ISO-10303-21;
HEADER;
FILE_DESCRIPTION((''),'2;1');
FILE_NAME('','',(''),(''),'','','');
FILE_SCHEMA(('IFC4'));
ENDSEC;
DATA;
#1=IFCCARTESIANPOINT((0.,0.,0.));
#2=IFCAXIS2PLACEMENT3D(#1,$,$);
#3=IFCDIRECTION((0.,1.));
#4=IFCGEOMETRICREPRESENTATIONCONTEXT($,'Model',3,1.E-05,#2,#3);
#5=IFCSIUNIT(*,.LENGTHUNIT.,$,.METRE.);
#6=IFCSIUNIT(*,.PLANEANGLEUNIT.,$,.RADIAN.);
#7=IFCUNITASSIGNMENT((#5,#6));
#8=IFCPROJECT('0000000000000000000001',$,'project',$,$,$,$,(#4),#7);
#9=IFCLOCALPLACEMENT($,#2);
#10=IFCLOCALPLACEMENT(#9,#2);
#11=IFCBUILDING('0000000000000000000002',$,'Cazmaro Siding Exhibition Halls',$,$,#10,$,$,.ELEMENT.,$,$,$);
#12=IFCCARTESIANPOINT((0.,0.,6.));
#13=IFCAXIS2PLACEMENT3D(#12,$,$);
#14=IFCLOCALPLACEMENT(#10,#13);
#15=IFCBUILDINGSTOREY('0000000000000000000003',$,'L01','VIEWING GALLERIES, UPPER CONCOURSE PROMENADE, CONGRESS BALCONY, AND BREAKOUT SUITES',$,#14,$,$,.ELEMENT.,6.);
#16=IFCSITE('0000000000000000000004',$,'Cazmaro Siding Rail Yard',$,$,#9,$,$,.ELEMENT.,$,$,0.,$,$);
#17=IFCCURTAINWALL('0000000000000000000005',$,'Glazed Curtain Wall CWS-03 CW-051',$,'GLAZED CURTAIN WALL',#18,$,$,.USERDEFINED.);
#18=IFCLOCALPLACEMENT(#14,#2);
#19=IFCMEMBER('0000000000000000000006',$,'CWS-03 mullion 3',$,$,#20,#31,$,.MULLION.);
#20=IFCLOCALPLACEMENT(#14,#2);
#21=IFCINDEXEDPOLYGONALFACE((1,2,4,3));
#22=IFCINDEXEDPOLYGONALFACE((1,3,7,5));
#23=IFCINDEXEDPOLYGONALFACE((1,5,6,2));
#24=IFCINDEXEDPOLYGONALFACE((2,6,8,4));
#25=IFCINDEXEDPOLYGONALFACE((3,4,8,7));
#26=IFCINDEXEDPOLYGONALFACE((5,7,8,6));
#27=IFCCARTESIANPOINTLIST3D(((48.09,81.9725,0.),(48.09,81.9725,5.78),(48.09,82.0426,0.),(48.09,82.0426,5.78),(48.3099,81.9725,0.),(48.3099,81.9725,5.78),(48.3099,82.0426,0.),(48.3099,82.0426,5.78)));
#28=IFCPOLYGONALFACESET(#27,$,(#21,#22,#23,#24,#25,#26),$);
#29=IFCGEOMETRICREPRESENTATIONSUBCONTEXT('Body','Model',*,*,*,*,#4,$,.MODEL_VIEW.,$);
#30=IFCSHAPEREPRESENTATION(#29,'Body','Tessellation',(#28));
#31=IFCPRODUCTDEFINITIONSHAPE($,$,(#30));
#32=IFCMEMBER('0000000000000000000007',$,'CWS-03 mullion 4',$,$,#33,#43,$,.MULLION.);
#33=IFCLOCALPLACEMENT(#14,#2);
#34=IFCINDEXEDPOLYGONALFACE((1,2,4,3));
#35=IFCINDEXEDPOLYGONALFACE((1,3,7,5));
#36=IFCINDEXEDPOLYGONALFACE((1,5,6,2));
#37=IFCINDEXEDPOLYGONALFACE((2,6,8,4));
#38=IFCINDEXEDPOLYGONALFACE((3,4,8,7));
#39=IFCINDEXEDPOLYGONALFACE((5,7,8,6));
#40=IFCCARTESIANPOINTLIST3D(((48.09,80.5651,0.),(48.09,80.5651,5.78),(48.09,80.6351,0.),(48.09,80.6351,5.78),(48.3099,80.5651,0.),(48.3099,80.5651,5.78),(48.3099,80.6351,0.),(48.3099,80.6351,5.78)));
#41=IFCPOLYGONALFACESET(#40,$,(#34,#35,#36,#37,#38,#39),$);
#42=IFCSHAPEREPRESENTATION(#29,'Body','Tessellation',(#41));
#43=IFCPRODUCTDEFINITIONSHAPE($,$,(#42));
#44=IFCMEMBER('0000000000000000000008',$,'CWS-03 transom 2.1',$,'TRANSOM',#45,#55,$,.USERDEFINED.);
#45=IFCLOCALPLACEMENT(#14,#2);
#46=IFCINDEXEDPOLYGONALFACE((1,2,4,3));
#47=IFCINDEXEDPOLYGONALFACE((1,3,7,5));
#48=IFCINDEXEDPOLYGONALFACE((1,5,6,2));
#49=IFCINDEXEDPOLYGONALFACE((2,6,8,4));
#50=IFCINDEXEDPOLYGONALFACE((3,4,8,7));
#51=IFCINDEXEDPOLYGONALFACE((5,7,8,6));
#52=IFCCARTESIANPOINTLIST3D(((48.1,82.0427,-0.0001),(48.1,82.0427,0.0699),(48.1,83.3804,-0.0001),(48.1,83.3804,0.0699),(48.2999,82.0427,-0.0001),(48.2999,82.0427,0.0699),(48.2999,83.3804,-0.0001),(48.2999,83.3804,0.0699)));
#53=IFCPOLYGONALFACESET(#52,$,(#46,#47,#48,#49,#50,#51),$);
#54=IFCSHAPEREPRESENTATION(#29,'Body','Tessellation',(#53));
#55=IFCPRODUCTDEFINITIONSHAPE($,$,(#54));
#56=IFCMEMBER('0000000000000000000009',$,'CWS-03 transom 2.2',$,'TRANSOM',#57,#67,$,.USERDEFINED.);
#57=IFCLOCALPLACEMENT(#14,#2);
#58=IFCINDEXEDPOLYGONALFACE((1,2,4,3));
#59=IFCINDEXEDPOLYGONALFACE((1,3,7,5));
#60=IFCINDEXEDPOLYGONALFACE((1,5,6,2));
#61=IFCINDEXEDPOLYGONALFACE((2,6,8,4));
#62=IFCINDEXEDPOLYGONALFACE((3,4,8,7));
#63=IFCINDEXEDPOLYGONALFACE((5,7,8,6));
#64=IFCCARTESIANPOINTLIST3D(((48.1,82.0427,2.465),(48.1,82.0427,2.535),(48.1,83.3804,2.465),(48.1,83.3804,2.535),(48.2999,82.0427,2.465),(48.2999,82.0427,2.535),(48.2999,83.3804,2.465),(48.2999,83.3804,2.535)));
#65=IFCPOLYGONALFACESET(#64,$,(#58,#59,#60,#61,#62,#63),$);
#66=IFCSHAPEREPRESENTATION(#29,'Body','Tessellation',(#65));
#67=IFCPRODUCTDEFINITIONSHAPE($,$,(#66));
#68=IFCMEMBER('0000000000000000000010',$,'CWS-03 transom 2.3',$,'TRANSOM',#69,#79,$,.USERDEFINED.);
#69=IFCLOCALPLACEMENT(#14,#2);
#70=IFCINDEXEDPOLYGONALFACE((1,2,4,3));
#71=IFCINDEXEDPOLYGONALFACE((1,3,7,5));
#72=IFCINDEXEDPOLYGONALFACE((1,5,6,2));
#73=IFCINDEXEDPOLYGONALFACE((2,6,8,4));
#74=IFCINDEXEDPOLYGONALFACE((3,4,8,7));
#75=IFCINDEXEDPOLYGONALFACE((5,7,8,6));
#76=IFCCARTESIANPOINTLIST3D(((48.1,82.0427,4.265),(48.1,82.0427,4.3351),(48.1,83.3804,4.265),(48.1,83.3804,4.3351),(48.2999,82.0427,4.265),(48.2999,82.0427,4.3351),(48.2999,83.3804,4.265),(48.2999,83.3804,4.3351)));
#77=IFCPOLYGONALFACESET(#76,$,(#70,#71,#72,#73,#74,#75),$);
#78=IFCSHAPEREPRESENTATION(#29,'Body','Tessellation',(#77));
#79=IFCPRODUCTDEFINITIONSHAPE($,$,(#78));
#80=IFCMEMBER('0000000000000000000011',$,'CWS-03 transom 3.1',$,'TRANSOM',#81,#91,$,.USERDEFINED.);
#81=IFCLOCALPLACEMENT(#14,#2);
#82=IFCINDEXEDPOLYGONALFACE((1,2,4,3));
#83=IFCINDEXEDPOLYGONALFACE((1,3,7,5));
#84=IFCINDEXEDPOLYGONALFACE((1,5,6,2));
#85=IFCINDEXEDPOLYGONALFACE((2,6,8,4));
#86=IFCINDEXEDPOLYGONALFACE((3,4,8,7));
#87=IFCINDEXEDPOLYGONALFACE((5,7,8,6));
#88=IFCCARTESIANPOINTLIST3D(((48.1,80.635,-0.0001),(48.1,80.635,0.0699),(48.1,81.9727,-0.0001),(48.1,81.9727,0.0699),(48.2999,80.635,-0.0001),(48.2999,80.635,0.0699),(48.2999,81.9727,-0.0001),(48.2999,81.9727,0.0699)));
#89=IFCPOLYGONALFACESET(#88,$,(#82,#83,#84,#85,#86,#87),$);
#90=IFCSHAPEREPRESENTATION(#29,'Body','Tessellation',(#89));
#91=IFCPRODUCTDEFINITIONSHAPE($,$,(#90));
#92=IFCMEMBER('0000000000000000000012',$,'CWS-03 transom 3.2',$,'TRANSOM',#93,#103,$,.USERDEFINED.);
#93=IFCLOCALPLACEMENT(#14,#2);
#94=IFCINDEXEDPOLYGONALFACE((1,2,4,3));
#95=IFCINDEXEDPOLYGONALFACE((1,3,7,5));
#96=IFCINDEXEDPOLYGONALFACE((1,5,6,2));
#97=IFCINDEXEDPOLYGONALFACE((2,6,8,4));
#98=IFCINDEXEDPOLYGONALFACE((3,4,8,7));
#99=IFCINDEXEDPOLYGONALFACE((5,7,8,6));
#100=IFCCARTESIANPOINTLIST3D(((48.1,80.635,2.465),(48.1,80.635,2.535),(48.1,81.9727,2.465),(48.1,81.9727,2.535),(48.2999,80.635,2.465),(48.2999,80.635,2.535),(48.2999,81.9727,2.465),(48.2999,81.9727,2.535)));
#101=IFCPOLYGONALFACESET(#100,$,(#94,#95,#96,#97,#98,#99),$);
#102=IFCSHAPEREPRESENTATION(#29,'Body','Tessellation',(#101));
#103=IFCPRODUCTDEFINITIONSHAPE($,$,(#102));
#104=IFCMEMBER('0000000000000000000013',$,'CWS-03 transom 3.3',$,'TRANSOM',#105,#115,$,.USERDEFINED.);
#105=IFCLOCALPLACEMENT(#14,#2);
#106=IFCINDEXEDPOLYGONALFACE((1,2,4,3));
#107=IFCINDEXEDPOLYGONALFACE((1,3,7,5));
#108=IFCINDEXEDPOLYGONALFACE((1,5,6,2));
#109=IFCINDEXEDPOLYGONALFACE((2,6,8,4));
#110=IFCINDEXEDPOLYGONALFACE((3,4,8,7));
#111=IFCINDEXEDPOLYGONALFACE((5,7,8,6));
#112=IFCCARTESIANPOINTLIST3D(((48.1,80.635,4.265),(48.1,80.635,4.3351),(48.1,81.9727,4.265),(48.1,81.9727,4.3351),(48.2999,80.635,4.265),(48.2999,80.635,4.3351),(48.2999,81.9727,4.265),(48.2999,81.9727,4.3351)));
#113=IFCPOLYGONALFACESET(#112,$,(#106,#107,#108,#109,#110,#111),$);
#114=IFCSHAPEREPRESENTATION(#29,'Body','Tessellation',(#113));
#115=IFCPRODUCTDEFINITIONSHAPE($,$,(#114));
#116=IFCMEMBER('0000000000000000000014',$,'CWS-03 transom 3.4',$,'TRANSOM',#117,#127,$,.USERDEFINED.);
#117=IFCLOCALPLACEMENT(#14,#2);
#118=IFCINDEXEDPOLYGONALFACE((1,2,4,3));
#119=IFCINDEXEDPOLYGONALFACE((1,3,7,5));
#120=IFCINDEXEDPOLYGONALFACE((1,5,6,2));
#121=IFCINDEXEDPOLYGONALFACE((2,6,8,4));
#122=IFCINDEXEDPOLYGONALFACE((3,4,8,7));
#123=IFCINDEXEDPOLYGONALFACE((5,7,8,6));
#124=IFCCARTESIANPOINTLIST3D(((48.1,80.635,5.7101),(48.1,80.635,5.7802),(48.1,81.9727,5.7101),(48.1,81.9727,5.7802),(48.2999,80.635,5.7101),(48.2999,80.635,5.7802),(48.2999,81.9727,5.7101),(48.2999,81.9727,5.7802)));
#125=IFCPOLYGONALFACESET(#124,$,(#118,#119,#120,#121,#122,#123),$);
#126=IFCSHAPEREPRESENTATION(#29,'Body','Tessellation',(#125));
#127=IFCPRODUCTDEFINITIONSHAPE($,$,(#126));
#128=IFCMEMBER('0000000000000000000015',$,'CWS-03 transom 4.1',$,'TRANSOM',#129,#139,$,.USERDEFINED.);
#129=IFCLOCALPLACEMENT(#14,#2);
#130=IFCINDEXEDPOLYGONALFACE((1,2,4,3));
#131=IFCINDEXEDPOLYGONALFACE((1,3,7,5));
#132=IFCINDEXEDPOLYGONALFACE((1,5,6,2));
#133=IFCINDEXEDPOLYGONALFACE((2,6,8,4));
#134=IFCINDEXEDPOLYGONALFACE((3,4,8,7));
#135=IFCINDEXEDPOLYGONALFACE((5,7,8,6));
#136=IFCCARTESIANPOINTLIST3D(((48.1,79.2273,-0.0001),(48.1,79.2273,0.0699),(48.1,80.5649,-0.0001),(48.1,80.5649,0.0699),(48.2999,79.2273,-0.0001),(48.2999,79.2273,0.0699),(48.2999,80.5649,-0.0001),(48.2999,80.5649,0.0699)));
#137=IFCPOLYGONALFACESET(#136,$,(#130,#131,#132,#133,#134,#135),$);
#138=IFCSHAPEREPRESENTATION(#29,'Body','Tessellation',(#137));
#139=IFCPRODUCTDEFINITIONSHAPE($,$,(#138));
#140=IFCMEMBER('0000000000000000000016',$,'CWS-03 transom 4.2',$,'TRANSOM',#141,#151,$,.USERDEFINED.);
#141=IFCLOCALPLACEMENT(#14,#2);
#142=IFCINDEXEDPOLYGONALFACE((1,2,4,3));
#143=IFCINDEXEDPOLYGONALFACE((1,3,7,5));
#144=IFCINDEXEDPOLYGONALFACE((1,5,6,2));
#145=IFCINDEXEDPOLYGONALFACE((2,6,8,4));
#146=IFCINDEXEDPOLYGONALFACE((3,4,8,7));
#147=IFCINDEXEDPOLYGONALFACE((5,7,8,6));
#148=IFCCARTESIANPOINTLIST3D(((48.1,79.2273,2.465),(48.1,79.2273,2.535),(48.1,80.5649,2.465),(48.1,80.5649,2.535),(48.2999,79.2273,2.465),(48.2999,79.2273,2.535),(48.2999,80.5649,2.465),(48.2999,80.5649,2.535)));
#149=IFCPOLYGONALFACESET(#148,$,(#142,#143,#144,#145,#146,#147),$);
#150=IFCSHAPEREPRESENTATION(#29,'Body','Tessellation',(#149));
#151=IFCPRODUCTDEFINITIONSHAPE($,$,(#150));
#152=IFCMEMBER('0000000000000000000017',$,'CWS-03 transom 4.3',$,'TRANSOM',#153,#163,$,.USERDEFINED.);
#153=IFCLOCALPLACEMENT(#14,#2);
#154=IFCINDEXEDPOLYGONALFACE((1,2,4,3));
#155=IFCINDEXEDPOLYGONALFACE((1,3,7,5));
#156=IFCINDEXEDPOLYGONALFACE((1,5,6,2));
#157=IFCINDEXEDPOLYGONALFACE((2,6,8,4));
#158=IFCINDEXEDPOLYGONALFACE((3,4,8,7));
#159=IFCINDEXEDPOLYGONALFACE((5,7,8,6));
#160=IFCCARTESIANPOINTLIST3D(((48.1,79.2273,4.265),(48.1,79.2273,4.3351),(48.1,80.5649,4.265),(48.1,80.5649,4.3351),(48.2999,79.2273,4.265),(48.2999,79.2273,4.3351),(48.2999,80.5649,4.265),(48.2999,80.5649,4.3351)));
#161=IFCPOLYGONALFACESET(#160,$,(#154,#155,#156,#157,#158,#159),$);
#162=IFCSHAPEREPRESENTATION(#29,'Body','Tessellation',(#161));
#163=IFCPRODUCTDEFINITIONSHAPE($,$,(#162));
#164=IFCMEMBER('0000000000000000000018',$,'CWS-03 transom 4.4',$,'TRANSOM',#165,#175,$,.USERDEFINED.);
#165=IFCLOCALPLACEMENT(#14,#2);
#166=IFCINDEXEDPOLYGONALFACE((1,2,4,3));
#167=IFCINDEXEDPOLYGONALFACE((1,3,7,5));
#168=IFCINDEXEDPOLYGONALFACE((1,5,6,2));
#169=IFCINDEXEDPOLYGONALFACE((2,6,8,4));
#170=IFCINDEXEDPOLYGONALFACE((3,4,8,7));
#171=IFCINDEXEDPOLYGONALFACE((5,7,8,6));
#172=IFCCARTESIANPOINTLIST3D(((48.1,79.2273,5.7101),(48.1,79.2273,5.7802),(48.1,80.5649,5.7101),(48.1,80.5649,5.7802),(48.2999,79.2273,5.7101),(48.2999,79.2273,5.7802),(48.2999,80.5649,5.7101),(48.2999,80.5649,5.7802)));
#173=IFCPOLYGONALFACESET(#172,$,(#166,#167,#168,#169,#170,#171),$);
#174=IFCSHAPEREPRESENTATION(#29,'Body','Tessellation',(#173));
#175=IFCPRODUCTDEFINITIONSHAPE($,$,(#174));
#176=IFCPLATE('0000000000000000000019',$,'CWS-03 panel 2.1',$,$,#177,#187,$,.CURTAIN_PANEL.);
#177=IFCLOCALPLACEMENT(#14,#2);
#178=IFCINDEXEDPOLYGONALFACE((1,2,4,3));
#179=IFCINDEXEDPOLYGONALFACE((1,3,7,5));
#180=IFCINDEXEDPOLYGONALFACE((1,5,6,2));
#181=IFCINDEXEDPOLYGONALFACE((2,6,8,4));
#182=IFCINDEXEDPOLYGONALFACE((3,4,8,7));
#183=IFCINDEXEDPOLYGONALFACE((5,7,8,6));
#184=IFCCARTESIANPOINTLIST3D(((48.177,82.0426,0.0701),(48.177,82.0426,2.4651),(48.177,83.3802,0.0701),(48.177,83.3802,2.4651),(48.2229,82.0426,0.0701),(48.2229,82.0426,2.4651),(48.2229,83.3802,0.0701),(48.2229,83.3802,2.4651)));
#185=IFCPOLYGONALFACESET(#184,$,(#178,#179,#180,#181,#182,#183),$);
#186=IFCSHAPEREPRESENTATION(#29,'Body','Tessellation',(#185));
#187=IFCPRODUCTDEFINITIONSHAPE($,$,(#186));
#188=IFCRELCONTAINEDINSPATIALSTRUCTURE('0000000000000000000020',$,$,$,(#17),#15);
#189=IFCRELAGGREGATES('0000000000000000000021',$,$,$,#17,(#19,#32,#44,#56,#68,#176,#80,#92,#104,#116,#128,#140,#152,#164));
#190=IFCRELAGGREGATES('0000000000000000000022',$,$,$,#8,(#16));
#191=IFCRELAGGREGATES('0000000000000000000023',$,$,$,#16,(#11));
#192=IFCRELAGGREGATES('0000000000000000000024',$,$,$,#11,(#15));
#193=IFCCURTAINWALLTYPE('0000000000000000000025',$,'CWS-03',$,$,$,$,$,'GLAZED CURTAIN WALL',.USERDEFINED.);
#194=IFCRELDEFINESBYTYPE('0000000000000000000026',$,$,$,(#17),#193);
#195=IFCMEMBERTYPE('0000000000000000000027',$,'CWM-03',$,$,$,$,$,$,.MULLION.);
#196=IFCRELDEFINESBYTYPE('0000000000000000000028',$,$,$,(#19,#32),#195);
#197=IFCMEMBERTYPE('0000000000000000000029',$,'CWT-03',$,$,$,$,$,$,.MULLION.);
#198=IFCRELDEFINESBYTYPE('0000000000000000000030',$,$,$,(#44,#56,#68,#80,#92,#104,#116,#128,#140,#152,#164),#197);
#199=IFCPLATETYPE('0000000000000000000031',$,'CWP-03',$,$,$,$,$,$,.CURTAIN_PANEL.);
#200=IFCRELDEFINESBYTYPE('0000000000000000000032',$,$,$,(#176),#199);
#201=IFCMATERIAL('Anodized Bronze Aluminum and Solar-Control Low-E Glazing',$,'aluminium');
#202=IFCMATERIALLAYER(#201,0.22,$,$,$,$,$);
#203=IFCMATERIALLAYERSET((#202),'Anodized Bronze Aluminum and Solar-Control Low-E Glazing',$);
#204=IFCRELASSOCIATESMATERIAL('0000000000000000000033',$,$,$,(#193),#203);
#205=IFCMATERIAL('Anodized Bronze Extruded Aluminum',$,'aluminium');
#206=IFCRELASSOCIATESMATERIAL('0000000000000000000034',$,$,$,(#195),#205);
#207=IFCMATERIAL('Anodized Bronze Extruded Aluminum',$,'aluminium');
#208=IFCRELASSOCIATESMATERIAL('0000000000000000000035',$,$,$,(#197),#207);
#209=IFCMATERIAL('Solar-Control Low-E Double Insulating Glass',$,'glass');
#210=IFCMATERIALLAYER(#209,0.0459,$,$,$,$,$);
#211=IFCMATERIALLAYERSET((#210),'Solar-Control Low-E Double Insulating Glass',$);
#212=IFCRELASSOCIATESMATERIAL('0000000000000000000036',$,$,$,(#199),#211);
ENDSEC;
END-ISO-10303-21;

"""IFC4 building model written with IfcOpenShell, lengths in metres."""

from ifc_helpers import new_model, si_unit, direction, frame, origin, origin_2d, place, context, subcontext, project, spatial, rectangle, extrude, material, layer, layer_set, material_profile, profile_set, type_object, element, aggregate, save


model = new_model("IFC4")

# Units and contexts
model_context = context("Model", 3, precision=1e-05, world=origin(), true_north=direction((0.0, 1.0)))
body_context = subcontext(model_context, "Body", "Model", "MODEL_VIEW")
ifc_project = project(units=[si_unit("LENGTHUNIT", "METRE"), si_unit("PLANEANGLEUNIT", "RADIAN")], contexts=[model_context])

# Site, building, storey
site_placement = place(None, origin())
site = spatial("IfcSite", under=ifc_project, at=site_placement, Name="Cazmaro Siding Rail Yard", CompositionType="ELEMENT", RefElevation=0.0)
building_placement = place(site_placement, origin())
building = spatial("IfcBuilding", under=site, at=building_placement, Name="Cazmaro Siding Exhibition Halls", CompositionType="ELEMENT")
storey_placement = place(building_placement, frame((0.0, 0.0, 6.0)))
storey = spatial("IfcBuildingStorey", under=building, at=storey_placement, Name="L01", Description="VIEWING GALLERIES, UPPER CONCOURSE PROMENADE, CONGRESS BALCONY, AND BREAKOUT SUITES", CompositionType="ELEMENT", Elevation=6.0)

# Curtain wall, members, plate
ifc_material_1 = material(Name="Anodized Bronze Aluminum and Solar-Control Low-E Glazing", Category="aluminium")
ifc_layer_1 = layer(ifc_material_1, 0.22)
ifc_layer_set_1 = layer_set([ifc_layer_1], Name="Anodized Bronze Aluminum and Solar-Control Low-E Glazing")
curtain_wall_type = type_object("IfcCurtainWallType", Name="CWS-03", ElementType="GLAZED CURTAIN WALL", PredefinedType="USERDEFINED", material=ifc_layer_set_1)
curtain_wall_placement = place(storey_placement, origin())
curtain_wall = element("IfcCurtainWall", 1, at=curtain_wall_placement, inside=storey, type_object=curtain_wall_type, Name="Glazed Curtain Wall CWS-03 CW-051", ObjectType="GLAZED CURTAIN WALL", PredefinedType="USERDEFINED")
ifc_material_2 = material(Name="Anodized Bronze Extruded Aluminum", Category="aluminium")
ifc_material_profile_1 = material_profile(ifc_material_2, rectangle(XDim=0.22, YDim=0.0701, at=origin_2d()), Name="CWM-03")
ifc_profile_set_1 = profile_set([ifc_material_profile_1], Name="Anodized Bronze Extruded Aluminum")
member_type_1 = type_object("IfcMemberType", Name="CWM-03", PredefinedType="MULLION", material=ifc_profile_set_1)
member_1_placement = place(storey_placement, frame((48.2, 82.0076, 0.0), z_axis=(0.0, 0.0, 1.0), x_axis=(1.0, 0.0, 0.0)))
member_1 = element("IfcMember", 2, at=member_1_placement, type_object=member_type_1, Name="CWS-03 mullion 3", PredefinedType="MULLION", context=body_context, shape_type="SweptSolid", body=[
    extrude(rectangle(XDim=0.22, YDim=0.0701, at=origin_2d()), origin(), (0.0, 0.0, 1.0), 5.78),
])
member_2_placement = place(storey_placement, frame((48.2, 80.6001, 0.0), z_axis=(0.0, 0.0, 1.0), x_axis=(1.0, 0.0, 0.0)))
member_2 = element("IfcMember", 3, at=member_2_placement, type_object=member_type_1, Name="CWS-03 mullion 4", PredefinedType="MULLION", context=body_context, shape_type="SweptSolid", body=[
    extrude(rectangle(XDim=0.22, YDim=0.0701, at=origin_2d()), origin(), (0.0, 0.0, 1.0), 5.78),
])
ifc_material_3 = material(Name="Anodized Bronze Extruded Aluminum", Category="aluminium")
ifc_material_profile_2 = material_profile(ifc_material_3, rectangle(XDim=0.2, YDim=0.0701, at=origin_2d()), Name="CWT-03")
ifc_profile_set_2 = profile_set([ifc_material_profile_2], Name="Anodized Bronze Extruded Aluminum")
member_type_2 = type_object("IfcMemberType", Name="CWT-03", PredefinedType="MULLION", material=ifc_profile_set_2)
member_3_placement = place(storey_placement, frame((48.2, 83.3804, 0.0349), z_axis=(0.0, -1.0, 0.0), x_axis=(1.0, 0.0, 0.0)))
member_3 = element("IfcMember", 4, at=member_3_placement, type_object=member_type_2, Name="CWS-03 transom 2.1", ObjectType="TRANSOM", PredefinedType="USERDEFINED", context=body_context, shape_type="SweptSolid", body=[
    extrude(rectangle(XDim=0.2, YDim=0.0701, at=origin_2d()), origin(), (0.0, 0.0, 1.0), 1.3376),
])
member_4_placement = place(storey_placement, frame((48.2, 83.3804, 2.5), z_axis=(0.0, -1.0, 0.0), x_axis=(1.0, 0.0, 0.0)))
member_4 = element("IfcMember", 5, at=member_4_placement, type_object=member_type_2, Name="CWS-03 transom 2.2", ObjectType="TRANSOM", PredefinedType="USERDEFINED", context=body_context, shape_type="SweptSolid", body=[
    extrude(rectangle(XDim=0.2, YDim=0.0701, at=origin_2d()), origin(), (0.0, 0.0, 1.0), 1.3376),
])
member_5_placement = place(storey_placement, frame((48.2, 83.3804, 4.3), z_axis=(0.0, -1.0, 0.0), x_axis=(1.0, 0.0, 0.0)))
member_5 = element("IfcMember", 6, at=member_5_placement, type_object=member_type_2, Name="CWS-03 transom 2.3", ObjectType="TRANSOM", PredefinedType="USERDEFINED", context=body_context, shape_type="SweptSolid", body=[
    extrude(rectangle(XDim=0.2, YDim=0.0701, at=origin_2d()), origin(), (0.0, 0.0, 1.0), 1.3376),
])
member_6_placement = place(storey_placement, frame((48.2, 81.9727, 0.0349), z_axis=(0.0, -1.0, 0.0), x_axis=(1.0, 0.0, 0.0)))
member_6 = element("IfcMember", 7, at=member_6_placement, type_object=member_type_2, Name="CWS-03 transom 3.1", ObjectType="TRANSOM", PredefinedType="USERDEFINED", context=body_context, shape_type="SweptSolid", body=[
    extrude(rectangle(XDim=0.2, YDim=0.0701, at=origin_2d()), origin(), (0.0, 0.0, 1.0), 1.3376),
])
member_7_placement = place(storey_placement, frame((48.2, 81.9727, 2.5), z_axis=(0.0, -1.0, 0.0), x_axis=(1.0, 0.0, 0.0)))
member_7 = element("IfcMember", 8, at=member_7_placement, type_object=member_type_2, Name="CWS-03 transom 3.2", ObjectType="TRANSOM", PredefinedType="USERDEFINED", context=body_context, shape_type="SweptSolid", body=[
    extrude(rectangle(XDim=0.2, YDim=0.0701, at=origin_2d()), origin(), (0.0, 0.0, 1.0), 1.3376),
])
member_8_placement = place(storey_placement, frame((48.2, 81.9727, 4.3), z_axis=(0.0, -1.0, 0.0), x_axis=(1.0, 0.0, 0.0)))
member_8 = element("IfcMember", 9, at=member_8_placement, type_object=member_type_2, Name="CWS-03 transom 3.3", ObjectType="TRANSOM", PredefinedType="USERDEFINED", context=body_context, shape_type="SweptSolid", body=[
    extrude(rectangle(XDim=0.2, YDim=0.0701, at=origin_2d()), origin(), (0.0, 0.0, 1.0), 1.3376),
])
member_9_placement = place(storey_placement, frame((48.2, 81.9727, 5.7451), z_axis=(0.0, -1.0, 0.0), x_axis=(1.0, 0.0, 0.0)))
member_9 = element("IfcMember", 10, at=member_9_placement, type_object=member_type_2, Name="CWS-03 transom 3.4", ObjectType="TRANSOM", PredefinedType="USERDEFINED", context=body_context, shape_type="SweptSolid", body=[
    extrude(rectangle(XDim=0.2, YDim=0.0701, at=origin_2d()), origin(), (0.0, 0.0, 1.0), 1.3376),
])
member_10_placement = place(storey_placement, frame((48.2, 80.5649, 0.0349), z_axis=(0.0, -1.0, 0.0), x_axis=(1.0, 0.0, 0.0)))
member_10 = element("IfcMember", 11, at=member_10_placement, type_object=member_type_2, Name="CWS-03 transom 4.1", ObjectType="TRANSOM", PredefinedType="USERDEFINED", context=body_context, shape_type="SweptSolid", body=[
    extrude(rectangle(XDim=0.2, YDim=0.0701, at=origin_2d()), origin(), (0.0, 0.0, 1.0), 1.3376),
])
member_11_placement = place(storey_placement, frame((48.2, 80.5649, 2.5), z_axis=(0.0, -1.0, 0.0), x_axis=(1.0, 0.0, 0.0)))
member_11 = element("IfcMember", 12, at=member_11_placement, type_object=member_type_2, Name="CWS-03 transom 4.2", ObjectType="TRANSOM", PredefinedType="USERDEFINED", context=body_context, shape_type="SweptSolid", body=[
    extrude(rectangle(XDim=0.2, YDim=0.0701, at=origin_2d()), origin(), (0.0, 0.0, 1.0), 1.3376),
])
member_12_placement = place(storey_placement, frame((48.2, 80.5649, 4.3), z_axis=(0.0, -1.0, 0.0), x_axis=(1.0, 0.0, 0.0)))
member_12 = element("IfcMember", 13, at=member_12_placement, type_object=member_type_2, Name="CWS-03 transom 4.3", ObjectType="TRANSOM", PredefinedType="USERDEFINED", context=body_context, shape_type="SweptSolid", body=[
    extrude(rectangle(XDim=0.2, YDim=0.0701, at=origin_2d()), origin(), (0.0, 0.0, 1.0), 1.3376),
])
member_13_placement = place(storey_placement, frame((48.2, 80.5649, 5.7451), z_axis=(0.0, -1.0, 0.0), x_axis=(1.0, 0.0, 0.0)))
member_13 = element("IfcMember", 14, at=member_13_placement, type_object=member_type_2, Name="CWS-03 transom 4.4", ObjectType="TRANSOM", PredefinedType="USERDEFINED", context=body_context, shape_type="SweptSolid", body=[
    extrude(rectangle(XDim=0.2, YDim=0.0701, at=origin_2d()), origin(), (0.0, 0.0, 1.0), 1.3376),
])
ifc_material_4 = material(Name="Solar-Control Low-E Double Insulating Glass", Category="glass")
ifc_layer_2 = layer(ifc_material_4, 0.0459)
ifc_layer_set_2 = layer_set([ifc_layer_2], Name="Solar-Control Low-E Double Insulating Glass")
plate_type = type_object("IfcPlateType", Name="CWP-03", PredefinedType="CURTAIN_PANEL", material=ifc_layer_set_2)
plate_1_placement = place(storey_placement, frame((48.2, 82.7114, 0.0701), z_axis=(0.0, 0.0, 1.0), x_axis=(0.0, -1.0, 0.0)))
plate_1 = element("IfcPlate", 15, at=plate_1_placement, type_object=plate_type, Name="CWS-03 panel 2.1", PredefinedType="CURTAIN_PANEL", context=body_context, shape_type="SweptSolid", body=[
    extrude(rectangle(XDim=1.3376, YDim=0.0459, at=origin_2d()), origin(), (0.0, 0.0, 1.0), 2.395),
])
aggregate(curtain_wall, [member_1, member_2, member_3, member_4, member_5, plate_1, member_6, member_7, member_8, member_9, member_10, member_11, member_12, member_13])

save(model, "model.ifc")
